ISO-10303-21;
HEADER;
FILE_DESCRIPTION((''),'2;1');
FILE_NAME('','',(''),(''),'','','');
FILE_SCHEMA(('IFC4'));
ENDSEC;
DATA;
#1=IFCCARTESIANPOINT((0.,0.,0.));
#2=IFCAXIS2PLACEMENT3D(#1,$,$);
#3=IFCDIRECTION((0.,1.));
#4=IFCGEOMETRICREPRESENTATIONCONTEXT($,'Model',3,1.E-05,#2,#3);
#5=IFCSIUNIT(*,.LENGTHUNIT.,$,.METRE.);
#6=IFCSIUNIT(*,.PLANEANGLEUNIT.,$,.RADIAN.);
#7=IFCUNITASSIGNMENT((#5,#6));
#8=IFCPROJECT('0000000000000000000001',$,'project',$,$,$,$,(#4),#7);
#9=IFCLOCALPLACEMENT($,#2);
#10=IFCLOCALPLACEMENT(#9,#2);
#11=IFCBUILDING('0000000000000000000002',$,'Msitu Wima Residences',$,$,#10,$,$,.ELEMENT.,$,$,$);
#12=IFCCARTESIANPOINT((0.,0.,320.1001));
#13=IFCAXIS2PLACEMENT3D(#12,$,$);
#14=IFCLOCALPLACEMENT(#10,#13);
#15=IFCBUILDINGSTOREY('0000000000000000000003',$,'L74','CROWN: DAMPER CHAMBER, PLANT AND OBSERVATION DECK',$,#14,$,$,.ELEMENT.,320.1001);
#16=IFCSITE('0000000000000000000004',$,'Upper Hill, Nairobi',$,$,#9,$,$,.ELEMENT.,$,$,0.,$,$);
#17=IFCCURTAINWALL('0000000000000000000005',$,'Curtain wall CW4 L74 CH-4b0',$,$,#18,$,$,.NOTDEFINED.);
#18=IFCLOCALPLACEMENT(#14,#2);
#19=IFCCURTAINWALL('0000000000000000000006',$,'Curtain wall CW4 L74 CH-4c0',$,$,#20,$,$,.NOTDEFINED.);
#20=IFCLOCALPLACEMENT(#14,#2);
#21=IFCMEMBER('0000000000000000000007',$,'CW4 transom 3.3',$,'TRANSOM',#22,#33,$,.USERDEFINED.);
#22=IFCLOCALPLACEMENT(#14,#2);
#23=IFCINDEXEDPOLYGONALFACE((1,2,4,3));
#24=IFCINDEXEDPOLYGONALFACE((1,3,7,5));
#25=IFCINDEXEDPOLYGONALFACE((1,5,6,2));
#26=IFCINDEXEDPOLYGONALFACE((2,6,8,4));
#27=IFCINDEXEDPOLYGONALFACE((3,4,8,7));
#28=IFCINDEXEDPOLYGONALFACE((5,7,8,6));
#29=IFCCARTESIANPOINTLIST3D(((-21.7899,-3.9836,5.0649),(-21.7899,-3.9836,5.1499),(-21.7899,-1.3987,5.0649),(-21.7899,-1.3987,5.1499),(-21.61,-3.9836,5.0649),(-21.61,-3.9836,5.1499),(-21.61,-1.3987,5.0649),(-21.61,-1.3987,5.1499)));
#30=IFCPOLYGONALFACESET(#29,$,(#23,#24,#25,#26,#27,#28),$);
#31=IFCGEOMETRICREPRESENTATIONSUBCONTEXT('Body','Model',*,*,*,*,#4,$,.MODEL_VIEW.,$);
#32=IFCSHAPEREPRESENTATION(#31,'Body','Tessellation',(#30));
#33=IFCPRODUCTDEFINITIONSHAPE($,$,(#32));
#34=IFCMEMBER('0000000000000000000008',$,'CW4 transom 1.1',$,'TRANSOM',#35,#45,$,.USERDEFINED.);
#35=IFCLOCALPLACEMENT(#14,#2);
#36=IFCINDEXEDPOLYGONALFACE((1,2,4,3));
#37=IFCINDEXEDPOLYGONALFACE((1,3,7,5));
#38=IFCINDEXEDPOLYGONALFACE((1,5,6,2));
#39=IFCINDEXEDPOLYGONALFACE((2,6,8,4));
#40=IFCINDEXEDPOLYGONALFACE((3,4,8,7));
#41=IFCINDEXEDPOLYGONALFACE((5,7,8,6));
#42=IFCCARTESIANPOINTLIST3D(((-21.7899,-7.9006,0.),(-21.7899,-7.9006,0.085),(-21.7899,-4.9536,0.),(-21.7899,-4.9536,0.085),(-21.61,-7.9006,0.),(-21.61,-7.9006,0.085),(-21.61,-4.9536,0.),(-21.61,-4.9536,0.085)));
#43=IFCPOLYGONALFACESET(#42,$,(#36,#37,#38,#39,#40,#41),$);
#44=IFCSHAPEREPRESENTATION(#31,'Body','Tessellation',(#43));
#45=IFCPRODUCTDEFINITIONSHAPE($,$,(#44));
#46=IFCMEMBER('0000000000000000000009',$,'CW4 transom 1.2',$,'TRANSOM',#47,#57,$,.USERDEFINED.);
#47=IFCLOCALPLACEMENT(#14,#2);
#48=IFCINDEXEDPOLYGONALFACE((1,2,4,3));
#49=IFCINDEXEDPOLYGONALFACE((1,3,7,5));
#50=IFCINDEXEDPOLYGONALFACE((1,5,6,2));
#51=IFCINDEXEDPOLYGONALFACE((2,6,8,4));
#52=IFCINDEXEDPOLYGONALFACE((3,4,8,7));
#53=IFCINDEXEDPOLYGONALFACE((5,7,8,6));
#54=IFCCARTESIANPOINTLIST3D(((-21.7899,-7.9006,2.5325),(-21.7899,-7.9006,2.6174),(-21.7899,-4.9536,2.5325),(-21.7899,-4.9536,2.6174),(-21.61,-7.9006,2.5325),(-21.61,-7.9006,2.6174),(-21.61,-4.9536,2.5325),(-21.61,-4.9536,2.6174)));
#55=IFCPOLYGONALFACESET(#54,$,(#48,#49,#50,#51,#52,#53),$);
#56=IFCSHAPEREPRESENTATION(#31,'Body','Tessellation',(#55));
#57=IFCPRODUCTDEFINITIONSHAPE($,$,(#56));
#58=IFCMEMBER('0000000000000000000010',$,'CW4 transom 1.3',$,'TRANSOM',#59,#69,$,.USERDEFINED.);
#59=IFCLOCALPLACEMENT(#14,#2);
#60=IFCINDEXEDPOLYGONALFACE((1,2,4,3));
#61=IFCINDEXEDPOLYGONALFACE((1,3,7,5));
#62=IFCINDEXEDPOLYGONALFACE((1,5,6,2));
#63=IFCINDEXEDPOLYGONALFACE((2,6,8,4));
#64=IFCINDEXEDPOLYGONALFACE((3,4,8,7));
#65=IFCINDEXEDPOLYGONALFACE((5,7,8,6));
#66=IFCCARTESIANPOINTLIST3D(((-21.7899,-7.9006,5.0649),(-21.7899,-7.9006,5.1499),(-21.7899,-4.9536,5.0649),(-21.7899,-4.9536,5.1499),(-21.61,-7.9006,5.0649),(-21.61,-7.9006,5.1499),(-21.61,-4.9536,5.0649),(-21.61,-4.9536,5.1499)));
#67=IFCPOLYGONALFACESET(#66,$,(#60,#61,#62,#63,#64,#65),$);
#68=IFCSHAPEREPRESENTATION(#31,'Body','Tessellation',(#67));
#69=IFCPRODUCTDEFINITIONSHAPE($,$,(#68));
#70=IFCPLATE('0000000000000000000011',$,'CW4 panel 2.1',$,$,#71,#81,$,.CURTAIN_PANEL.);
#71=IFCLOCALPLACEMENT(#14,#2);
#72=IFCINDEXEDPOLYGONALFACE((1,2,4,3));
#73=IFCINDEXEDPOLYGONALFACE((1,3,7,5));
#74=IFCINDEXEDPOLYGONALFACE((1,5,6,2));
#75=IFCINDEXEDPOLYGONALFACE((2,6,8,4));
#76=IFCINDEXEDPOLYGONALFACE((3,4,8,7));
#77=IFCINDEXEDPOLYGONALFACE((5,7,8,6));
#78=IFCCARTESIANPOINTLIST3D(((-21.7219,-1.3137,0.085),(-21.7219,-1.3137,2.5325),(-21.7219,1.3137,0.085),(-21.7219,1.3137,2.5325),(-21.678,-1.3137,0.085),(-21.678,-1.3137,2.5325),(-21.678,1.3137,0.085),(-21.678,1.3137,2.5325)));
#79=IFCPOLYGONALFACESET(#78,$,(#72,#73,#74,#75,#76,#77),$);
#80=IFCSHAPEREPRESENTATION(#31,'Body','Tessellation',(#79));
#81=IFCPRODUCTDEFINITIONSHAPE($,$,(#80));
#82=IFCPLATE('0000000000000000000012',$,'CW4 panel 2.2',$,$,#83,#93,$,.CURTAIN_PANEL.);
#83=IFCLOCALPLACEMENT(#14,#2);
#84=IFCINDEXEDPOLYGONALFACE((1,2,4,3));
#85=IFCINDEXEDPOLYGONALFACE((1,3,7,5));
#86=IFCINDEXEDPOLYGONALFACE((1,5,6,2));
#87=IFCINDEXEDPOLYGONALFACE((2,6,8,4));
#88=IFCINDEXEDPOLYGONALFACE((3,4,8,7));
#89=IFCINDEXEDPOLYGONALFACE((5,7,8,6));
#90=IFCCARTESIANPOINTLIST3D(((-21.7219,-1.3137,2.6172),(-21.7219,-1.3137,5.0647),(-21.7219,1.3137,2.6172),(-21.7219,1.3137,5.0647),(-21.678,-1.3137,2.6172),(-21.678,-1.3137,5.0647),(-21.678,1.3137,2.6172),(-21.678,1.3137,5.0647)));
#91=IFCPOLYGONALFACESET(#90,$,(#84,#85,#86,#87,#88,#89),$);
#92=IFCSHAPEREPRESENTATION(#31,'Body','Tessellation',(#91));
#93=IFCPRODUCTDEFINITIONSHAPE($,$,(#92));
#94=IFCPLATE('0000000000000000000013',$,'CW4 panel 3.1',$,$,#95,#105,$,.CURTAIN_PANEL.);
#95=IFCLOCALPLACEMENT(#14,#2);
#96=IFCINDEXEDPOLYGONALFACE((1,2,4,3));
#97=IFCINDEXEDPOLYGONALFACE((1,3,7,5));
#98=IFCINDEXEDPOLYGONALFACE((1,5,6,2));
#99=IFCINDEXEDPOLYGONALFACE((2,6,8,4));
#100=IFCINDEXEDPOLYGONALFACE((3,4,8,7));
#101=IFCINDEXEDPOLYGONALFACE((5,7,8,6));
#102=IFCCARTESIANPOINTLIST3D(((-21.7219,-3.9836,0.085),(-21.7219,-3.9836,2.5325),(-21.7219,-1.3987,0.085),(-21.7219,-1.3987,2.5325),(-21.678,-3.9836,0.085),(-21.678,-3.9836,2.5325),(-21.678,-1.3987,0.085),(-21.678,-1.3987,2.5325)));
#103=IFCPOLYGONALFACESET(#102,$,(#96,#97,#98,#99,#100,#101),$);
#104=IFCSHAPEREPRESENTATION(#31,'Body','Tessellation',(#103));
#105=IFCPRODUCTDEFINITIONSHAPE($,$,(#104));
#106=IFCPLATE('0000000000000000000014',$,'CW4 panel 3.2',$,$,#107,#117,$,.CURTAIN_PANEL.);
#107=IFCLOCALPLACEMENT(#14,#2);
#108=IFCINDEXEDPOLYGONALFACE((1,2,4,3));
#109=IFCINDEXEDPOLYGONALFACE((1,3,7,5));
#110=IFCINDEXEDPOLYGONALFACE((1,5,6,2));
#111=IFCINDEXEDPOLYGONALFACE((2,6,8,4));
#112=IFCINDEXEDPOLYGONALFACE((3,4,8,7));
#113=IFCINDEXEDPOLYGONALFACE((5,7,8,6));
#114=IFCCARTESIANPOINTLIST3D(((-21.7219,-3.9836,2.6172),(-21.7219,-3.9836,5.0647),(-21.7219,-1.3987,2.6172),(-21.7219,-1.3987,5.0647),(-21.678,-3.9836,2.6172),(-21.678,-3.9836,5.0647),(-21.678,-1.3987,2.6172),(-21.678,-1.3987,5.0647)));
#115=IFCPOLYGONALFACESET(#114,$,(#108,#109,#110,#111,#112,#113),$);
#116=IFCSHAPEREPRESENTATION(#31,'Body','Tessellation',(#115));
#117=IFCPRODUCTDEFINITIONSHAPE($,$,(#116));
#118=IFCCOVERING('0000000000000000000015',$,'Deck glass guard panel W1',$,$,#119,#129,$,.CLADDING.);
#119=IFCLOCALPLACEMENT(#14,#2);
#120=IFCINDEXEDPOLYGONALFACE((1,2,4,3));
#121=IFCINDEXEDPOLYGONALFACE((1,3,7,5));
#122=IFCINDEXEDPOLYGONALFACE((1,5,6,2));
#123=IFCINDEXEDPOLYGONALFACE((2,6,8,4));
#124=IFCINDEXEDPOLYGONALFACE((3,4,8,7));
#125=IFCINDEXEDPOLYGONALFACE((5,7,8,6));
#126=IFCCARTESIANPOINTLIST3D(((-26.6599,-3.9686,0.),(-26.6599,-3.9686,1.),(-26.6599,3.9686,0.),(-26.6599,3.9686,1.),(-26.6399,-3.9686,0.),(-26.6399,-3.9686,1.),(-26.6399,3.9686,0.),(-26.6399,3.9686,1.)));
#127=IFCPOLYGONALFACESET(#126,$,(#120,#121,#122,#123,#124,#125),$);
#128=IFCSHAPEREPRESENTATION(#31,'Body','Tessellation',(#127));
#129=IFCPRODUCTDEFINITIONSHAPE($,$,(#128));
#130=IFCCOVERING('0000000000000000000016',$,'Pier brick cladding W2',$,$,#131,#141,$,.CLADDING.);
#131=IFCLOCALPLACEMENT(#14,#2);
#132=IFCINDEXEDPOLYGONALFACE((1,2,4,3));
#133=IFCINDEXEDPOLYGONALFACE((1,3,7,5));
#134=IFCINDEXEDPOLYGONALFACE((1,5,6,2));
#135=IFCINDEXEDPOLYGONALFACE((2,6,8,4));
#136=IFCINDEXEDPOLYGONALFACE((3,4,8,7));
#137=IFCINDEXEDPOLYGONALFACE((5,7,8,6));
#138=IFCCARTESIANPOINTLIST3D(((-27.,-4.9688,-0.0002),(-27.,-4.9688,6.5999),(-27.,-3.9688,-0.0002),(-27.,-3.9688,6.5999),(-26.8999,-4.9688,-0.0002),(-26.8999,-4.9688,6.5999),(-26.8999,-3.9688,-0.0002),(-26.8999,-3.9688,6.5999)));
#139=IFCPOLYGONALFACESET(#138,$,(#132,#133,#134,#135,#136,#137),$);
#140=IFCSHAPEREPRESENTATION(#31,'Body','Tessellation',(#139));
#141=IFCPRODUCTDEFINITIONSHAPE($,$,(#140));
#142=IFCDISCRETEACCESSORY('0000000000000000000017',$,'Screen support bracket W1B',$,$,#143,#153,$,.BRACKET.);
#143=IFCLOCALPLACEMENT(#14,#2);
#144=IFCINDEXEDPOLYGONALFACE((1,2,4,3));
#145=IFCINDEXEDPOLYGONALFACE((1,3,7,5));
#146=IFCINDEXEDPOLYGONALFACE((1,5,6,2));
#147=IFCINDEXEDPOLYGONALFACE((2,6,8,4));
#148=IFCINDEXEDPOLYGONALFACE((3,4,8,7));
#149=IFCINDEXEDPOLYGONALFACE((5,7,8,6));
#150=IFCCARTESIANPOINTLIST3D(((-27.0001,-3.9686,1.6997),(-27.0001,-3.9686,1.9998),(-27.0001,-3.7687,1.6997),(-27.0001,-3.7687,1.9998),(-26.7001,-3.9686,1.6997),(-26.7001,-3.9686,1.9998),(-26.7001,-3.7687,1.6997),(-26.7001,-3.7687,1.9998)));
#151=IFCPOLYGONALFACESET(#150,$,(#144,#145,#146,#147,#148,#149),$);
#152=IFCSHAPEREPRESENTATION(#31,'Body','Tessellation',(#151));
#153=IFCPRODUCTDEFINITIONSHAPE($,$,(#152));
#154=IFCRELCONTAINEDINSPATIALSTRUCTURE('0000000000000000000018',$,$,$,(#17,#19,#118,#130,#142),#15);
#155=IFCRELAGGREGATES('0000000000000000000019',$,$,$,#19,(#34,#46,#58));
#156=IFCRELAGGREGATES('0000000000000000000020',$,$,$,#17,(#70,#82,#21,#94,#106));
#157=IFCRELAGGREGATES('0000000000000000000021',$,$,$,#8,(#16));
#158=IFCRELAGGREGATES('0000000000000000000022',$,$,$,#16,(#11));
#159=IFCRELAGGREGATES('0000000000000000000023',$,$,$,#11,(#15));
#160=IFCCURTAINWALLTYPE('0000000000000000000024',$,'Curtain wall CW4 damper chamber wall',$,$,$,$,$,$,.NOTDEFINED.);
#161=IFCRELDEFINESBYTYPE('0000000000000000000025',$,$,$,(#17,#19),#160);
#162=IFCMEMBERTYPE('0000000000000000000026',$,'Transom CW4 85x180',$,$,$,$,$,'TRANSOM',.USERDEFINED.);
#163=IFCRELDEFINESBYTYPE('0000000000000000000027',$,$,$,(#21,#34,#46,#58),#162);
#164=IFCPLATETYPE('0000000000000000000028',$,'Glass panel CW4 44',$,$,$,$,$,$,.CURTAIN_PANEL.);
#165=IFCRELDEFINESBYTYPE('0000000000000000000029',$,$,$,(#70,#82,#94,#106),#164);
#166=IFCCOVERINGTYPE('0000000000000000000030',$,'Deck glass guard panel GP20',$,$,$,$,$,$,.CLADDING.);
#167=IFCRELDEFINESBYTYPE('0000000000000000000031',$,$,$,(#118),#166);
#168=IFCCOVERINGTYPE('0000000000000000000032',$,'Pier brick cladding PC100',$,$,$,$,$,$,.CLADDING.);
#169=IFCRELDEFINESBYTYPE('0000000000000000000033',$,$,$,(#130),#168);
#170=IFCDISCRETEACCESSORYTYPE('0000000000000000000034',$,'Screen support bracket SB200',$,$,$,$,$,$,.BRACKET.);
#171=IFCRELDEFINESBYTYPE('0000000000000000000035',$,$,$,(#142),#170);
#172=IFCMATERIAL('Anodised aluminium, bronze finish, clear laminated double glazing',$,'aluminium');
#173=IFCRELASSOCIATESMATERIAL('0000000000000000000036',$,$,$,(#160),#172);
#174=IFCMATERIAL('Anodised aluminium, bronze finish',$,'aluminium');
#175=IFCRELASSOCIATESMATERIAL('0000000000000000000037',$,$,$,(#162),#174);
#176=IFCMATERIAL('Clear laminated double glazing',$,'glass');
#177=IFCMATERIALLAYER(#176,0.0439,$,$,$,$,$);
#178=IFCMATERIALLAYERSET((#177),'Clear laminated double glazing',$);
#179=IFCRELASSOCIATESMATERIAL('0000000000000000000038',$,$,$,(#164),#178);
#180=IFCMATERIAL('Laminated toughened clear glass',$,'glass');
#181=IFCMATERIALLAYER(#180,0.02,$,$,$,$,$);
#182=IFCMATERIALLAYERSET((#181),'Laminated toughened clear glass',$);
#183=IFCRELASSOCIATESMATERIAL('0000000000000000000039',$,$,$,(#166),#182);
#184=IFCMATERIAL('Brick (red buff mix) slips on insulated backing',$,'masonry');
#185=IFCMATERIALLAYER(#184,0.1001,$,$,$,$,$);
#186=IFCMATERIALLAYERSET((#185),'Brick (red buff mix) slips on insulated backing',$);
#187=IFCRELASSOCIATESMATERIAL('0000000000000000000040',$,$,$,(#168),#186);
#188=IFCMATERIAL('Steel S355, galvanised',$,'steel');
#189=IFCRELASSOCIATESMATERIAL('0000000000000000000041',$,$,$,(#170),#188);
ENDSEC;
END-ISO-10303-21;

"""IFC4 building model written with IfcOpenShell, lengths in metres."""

from ifc_helpers import new_model, si_unit, direction, frame, origin, origin_2d, place, context, subcontext, project, spatial, rectangle, extrude, material, layer, layer_set, material_profile, profile_set, type_object, element, aggregate, save


model = new_model("IFC4")

# Units and contexts
model_context = context("Model", 3, precision=1e-05, world=origin(), true_north=direction((0.0, 1.0)))
body_context = subcontext(model_context, "Body", "Model", "MODEL_VIEW")
ifc_project = project(units=[si_unit("LENGTHUNIT", "METRE"), si_unit("PLANEANGLEUNIT", "RADIAN")], contexts=[model_context])

# Site, building, storey
site_placement = place(None, origin())
site = spatial("IfcSite", under=ifc_project, at=site_placement, Name="Upper Hill, Nairobi", CompositionType="ELEMENT", RefElevation=0.0)
building_placement = place(site_placement, origin())
building = spatial("IfcBuilding", under=site, at=building_placement, Name="Msitu Wima Residences", CompositionType="ELEMENT")
storey_placement = place(building_placement, frame((0.0, 0.0, 320.1001)))
storey = spatial("IfcBuildingStorey", under=building, at=storey_placement, Name="L74", Description="CROWN: DAMPER CHAMBER, PLANT AND OBSERVATION DECK", CompositionType="ELEMENT", Elevation=320.1001)

# Curtain wall
ifc_material_1 = material(Name="Anodised aluminium, bronze finish, clear laminated double glazing", Category="aluminium")
curtain_wall_type = type_object("IfcCurtainWallType", Name="Curtain wall CW4 damper chamber wall", PredefinedType="NOTDEFINED", material=ifc_material_1)
curtain_wall_1_placement = place(storey_placement, origin())
curtain_wall_1 = element("IfcCurtainWall", 1, at=curtain_wall_1_placement, inside=storey, type_object=curtain_wall_type, Name="Curtain wall CW4 L74 CH-4b0", PredefinedType="NOTDEFINED")
ifc_material_2 = material(Name="Anodised aluminium, bronze finish", Category="aluminium")

# Curtain wall
curtain_wall_2_placement = place(storey_placement, origin())
curtain_wall_2 = element("IfcCurtainWall", 2, at=curtain_wall_2_placement, inside=storey, type_object=curtain_wall_type, Name="Curtain wall CW4 L74 CH-4c0", PredefinedType="NOTDEFINED")

# Members
ifc_material_profile_1 = material_profile(ifc_material_2, rectangle(XDim=0.1799, YDim=0.085, at=origin_2d()), Name="Transom 85x180")
ifc_profile_set_1 = profile_set([ifc_material_profile_1], Name="Anodised aluminium, bronze finish")
member_type_1 = type_object("IfcMemberType", Name="Transom CW4 85x180", ElementType="TRANSOM", PredefinedType="USERDEFINED", material=ifc_profile_set_1)
member_1_placement = place(storey_placement, frame((-21.7, -1.3987, 5.1074), z_axis=(0.0, -1.0, 0.0), x_axis=(1.0, 0.0, 0.0)))
member_1 = element("IfcMember", 3, at=member_1_placement, type_object=member_type_1, Name="CW4 transom 3.3", ObjectType="TRANSOM", PredefinedType="USERDEFINED", context=body_context, shape_type="SweptSolid", body=[
    extrude(rectangle(XDim=0.1799, YDim=0.085, at=origin_2d()), origin(), (0.0, 0.0, 1.0), 2.585),
])
member_2_placement = place(storey_placement, frame((-21.7, -4.9536, 0.0425), z_axis=(0.0, -1.0, 0.0), x_axis=(1.0, 0.0, 0.0)))
member_2 = element("IfcMember", 4, at=member_2_placement, type_object=member_type_1, Name="CW4 transom 1.1", ObjectType="TRANSOM", PredefinedType="USERDEFINED", context=body_context, shape_type="SweptSolid", body=[
    extrude(rectangle(XDim=0.1799, YDim=0.085, at=origin_2d()), origin(), (0.0, 0.0, 1.0), 2.947),
])
member_3_placement = place(storey_placement, frame((-21.7, -4.9536, 2.575), z_axis=(0.0, -1.0, 0.0), x_axis=(1.0, 0.0, 0.0)))
member_3 = element("IfcMember", 5, at=member_3_placement, type_object=member_type_1, Name="CW4 transom 1.2", ObjectType="TRANSOM", PredefinedType="USERDEFINED", context=body_context, shape_type="SweptSolid", body=[
    extrude(rectangle(XDim=0.1799, YDim=0.085, at=origin_2d()), origin(), (0.0, 0.0, 1.0), 2.947),
])
member_4_placement = place(storey_placement, frame((-21.7, -4.9536, 5.1074), z_axis=(0.0, -1.0, 0.0), x_axis=(1.0, 0.0, 0.0)))
member_4 = element("IfcMember", 6, at=member_4_placement, type_object=member_type_1, Name="CW4 transom 1.3", ObjectType="TRANSOM", PredefinedType="USERDEFINED", context=body_context, shape_type="SweptSolid", body=[
    extrude(rectangle(XDim=0.1799, YDim=0.085, at=origin_2d()), origin(), (0.0, 0.0, 1.0), 2.947),
])
aggregate(curtain_wall_2, [member_2, member_3, member_4])

# Plates
ifc_material_3 = material(Name="Clear laminated double glazing", Category="glass")
ifc_layer_1 = layer(ifc_material_3, 0.0439)
ifc_layer_set_1 = layer_set([ifc_layer_1], Name="Clear laminated double glazing")
plate_type = type_object("IfcPlateType", Name="Glass panel CW4 44", PredefinedType="CURTAIN_PANEL", material=ifc_layer_set_1)
plate_1_placement = place(storey_placement, frame((-21.7, 0.0, 0.085), z_axis=(0.0, 0.0, 1.0), x_axis=(0.0, -1.0, 0.0)))
plate_1 = element("IfcPlate", 7, at=plate_1_placement, type_object=plate_type, Name="CW4 panel 2.1", PredefinedType="CURTAIN_PANEL", context=body_context, shape_type="SweptSolid", body=[
    extrude(rectangle(XDim=2.6274, YDim=0.0439, at=origin_2d()), origin(), (0.0, 0.0, 1.0), 2.4475),
])
plate_2_placement = place(storey_placement, frame((-21.7, 0.0, 2.6172), z_axis=(0.0, 0.0, 1.0), x_axis=(0.0, -1.0, 0.0)))
plate_2 = element("IfcPlate", 8, at=plate_2_placement, type_object=plate_type, Name="CW4 panel 2.2", PredefinedType="CURTAIN_PANEL", context=body_context, shape_type="SweptSolid", body=[
    extrude(rectangle(XDim=2.6274, YDim=0.0439, at=origin_2d()), origin(), (0.0, 0.0, 1.0), 2.4475),
])
plate_3_placement = place(storey_placement, frame((-21.7, -2.6912, 0.085), z_axis=(0.0, 0.0, 1.0), x_axis=(0.0, -1.0, 0.0)))
plate_3 = element("IfcPlate", 9, at=plate_3_placement, type_object=plate_type, Name="CW4 panel 3.1", PredefinedType="CURTAIN_PANEL", context=body_context, shape_type="SweptSolid", body=[
    extrude(rectangle(XDim=2.585, YDim=0.0439, at=origin_2d()), origin(), (0.0, 0.0, 1.0), 2.4475),
])
plate_4_placement = place(storey_placement, frame((-21.7, -2.6912, 2.6172), z_axis=(0.0, 0.0, 1.0), x_axis=(0.0, -1.0, 0.0)))
plate_4 = element("IfcPlate", 10, at=plate_4_placement, type_object=plate_type, Name="CW4 panel 3.2", PredefinedType="CURTAIN_PANEL", context=body_context, shape_type="SweptSolid", body=[
    extrude(rectangle(XDim=2.585, YDim=0.0439, at=origin_2d()), origin(), (0.0, 0.0, 1.0), 2.4475),
])
aggregate(curtain_wall_1, [plate_1, plate_2, member_1, plate_3, plate_4])

# Coverings
ifc_material_4 = material(Name="Laminated toughened clear glass", Category="glass")
ifc_layer_2 = layer(ifc_material_4, 0.02)
ifc_layer_set_2 = layer_set([ifc_layer_2], Name="Laminated toughened clear glass")
covering_type_1 = type_object("IfcCoveringType", Name="Deck glass guard panel GP20", PredefinedType="CLADDING", material=ifc_layer_set_2)
covering_1_placement = place(storey_placement, frame((-26.6499, 0.0, 0.0), z_axis=(0.0, 0.0, 1.0), x_axis=(0.0, -1.0, 0.0)))
element("IfcCovering", 11, at=covering_1_placement, inside=storey, type_object=covering_type_1, Name="Deck glass guard panel W1", PredefinedType="CLADDING", context=body_context, shape_type="SweptSolid", body=[
    extrude(rectangle(XDim=7.9373, YDim=0.02, at=origin_2d()), origin(), (0.0, 0.0, 1.0), 1.0),
])
ifc_material_5 = material(Name="Brick (red buff mix) slips on insulated backing", Category="masonry")
ifc_layer_3 = layer(ifc_material_5, 0.1001)
ifc_layer_set_3 = layer_set([ifc_layer_3], Name="Brick (red buff mix) slips on insulated backing")
covering_type_2 = type_object("IfcCoveringType", Name="Pier brick cladding PC100", PredefinedType="CLADDING", material=ifc_layer_set_3)
covering_2_placement = place(storey_placement, frame((-26.95, -4.4688, -0.0002), z_axis=(0.0, 0.0, 1.0), x_axis=(0.0, -1.0, 0.0)))
element("IfcCovering", 12, at=covering_2_placement, inside=storey, type_object=covering_type_2, Name="Pier brick cladding W2", PredefinedType="CLADDING", context=body_context, shape_type="SweptSolid", body=[
    extrude(rectangle(XDim=1.0, YDim=0.1001, at=origin_2d()), origin(), (0.0, 0.0, 1.0), 6.6001),
])

# Discrete accessory
ifc_material_6 = material(Name="Steel S355, galvanised", Category="steel")
discrete_accessory_type = type_object("IfcDiscreteAccessoryType", Name="Screen support bracket SB200", PredefinedType="BRACKET", material=ifc_material_6)
discrete_accessory_placement = place(storey_placement, frame((-26.8501, -3.8687, 1.6997), z_axis=(0.0, 0.0, 1.0), x_axis=(0.0, -1.0, 0.0)))
element("IfcDiscreteAccessory", 13, at=discrete_accessory_placement, inside=storey, type_object=discrete_accessory_type, Name="Screen support bracket W1B", PredefinedType="BRACKET", context=body_context, shape_type="SweptSolid", body=[
    extrude(rectangle(XDim=0.2, YDim=0.3, at=origin_2d()), origin(), (0.0, 0.0, 1.0), 0.3),
])

save(model, "model.ifc")
